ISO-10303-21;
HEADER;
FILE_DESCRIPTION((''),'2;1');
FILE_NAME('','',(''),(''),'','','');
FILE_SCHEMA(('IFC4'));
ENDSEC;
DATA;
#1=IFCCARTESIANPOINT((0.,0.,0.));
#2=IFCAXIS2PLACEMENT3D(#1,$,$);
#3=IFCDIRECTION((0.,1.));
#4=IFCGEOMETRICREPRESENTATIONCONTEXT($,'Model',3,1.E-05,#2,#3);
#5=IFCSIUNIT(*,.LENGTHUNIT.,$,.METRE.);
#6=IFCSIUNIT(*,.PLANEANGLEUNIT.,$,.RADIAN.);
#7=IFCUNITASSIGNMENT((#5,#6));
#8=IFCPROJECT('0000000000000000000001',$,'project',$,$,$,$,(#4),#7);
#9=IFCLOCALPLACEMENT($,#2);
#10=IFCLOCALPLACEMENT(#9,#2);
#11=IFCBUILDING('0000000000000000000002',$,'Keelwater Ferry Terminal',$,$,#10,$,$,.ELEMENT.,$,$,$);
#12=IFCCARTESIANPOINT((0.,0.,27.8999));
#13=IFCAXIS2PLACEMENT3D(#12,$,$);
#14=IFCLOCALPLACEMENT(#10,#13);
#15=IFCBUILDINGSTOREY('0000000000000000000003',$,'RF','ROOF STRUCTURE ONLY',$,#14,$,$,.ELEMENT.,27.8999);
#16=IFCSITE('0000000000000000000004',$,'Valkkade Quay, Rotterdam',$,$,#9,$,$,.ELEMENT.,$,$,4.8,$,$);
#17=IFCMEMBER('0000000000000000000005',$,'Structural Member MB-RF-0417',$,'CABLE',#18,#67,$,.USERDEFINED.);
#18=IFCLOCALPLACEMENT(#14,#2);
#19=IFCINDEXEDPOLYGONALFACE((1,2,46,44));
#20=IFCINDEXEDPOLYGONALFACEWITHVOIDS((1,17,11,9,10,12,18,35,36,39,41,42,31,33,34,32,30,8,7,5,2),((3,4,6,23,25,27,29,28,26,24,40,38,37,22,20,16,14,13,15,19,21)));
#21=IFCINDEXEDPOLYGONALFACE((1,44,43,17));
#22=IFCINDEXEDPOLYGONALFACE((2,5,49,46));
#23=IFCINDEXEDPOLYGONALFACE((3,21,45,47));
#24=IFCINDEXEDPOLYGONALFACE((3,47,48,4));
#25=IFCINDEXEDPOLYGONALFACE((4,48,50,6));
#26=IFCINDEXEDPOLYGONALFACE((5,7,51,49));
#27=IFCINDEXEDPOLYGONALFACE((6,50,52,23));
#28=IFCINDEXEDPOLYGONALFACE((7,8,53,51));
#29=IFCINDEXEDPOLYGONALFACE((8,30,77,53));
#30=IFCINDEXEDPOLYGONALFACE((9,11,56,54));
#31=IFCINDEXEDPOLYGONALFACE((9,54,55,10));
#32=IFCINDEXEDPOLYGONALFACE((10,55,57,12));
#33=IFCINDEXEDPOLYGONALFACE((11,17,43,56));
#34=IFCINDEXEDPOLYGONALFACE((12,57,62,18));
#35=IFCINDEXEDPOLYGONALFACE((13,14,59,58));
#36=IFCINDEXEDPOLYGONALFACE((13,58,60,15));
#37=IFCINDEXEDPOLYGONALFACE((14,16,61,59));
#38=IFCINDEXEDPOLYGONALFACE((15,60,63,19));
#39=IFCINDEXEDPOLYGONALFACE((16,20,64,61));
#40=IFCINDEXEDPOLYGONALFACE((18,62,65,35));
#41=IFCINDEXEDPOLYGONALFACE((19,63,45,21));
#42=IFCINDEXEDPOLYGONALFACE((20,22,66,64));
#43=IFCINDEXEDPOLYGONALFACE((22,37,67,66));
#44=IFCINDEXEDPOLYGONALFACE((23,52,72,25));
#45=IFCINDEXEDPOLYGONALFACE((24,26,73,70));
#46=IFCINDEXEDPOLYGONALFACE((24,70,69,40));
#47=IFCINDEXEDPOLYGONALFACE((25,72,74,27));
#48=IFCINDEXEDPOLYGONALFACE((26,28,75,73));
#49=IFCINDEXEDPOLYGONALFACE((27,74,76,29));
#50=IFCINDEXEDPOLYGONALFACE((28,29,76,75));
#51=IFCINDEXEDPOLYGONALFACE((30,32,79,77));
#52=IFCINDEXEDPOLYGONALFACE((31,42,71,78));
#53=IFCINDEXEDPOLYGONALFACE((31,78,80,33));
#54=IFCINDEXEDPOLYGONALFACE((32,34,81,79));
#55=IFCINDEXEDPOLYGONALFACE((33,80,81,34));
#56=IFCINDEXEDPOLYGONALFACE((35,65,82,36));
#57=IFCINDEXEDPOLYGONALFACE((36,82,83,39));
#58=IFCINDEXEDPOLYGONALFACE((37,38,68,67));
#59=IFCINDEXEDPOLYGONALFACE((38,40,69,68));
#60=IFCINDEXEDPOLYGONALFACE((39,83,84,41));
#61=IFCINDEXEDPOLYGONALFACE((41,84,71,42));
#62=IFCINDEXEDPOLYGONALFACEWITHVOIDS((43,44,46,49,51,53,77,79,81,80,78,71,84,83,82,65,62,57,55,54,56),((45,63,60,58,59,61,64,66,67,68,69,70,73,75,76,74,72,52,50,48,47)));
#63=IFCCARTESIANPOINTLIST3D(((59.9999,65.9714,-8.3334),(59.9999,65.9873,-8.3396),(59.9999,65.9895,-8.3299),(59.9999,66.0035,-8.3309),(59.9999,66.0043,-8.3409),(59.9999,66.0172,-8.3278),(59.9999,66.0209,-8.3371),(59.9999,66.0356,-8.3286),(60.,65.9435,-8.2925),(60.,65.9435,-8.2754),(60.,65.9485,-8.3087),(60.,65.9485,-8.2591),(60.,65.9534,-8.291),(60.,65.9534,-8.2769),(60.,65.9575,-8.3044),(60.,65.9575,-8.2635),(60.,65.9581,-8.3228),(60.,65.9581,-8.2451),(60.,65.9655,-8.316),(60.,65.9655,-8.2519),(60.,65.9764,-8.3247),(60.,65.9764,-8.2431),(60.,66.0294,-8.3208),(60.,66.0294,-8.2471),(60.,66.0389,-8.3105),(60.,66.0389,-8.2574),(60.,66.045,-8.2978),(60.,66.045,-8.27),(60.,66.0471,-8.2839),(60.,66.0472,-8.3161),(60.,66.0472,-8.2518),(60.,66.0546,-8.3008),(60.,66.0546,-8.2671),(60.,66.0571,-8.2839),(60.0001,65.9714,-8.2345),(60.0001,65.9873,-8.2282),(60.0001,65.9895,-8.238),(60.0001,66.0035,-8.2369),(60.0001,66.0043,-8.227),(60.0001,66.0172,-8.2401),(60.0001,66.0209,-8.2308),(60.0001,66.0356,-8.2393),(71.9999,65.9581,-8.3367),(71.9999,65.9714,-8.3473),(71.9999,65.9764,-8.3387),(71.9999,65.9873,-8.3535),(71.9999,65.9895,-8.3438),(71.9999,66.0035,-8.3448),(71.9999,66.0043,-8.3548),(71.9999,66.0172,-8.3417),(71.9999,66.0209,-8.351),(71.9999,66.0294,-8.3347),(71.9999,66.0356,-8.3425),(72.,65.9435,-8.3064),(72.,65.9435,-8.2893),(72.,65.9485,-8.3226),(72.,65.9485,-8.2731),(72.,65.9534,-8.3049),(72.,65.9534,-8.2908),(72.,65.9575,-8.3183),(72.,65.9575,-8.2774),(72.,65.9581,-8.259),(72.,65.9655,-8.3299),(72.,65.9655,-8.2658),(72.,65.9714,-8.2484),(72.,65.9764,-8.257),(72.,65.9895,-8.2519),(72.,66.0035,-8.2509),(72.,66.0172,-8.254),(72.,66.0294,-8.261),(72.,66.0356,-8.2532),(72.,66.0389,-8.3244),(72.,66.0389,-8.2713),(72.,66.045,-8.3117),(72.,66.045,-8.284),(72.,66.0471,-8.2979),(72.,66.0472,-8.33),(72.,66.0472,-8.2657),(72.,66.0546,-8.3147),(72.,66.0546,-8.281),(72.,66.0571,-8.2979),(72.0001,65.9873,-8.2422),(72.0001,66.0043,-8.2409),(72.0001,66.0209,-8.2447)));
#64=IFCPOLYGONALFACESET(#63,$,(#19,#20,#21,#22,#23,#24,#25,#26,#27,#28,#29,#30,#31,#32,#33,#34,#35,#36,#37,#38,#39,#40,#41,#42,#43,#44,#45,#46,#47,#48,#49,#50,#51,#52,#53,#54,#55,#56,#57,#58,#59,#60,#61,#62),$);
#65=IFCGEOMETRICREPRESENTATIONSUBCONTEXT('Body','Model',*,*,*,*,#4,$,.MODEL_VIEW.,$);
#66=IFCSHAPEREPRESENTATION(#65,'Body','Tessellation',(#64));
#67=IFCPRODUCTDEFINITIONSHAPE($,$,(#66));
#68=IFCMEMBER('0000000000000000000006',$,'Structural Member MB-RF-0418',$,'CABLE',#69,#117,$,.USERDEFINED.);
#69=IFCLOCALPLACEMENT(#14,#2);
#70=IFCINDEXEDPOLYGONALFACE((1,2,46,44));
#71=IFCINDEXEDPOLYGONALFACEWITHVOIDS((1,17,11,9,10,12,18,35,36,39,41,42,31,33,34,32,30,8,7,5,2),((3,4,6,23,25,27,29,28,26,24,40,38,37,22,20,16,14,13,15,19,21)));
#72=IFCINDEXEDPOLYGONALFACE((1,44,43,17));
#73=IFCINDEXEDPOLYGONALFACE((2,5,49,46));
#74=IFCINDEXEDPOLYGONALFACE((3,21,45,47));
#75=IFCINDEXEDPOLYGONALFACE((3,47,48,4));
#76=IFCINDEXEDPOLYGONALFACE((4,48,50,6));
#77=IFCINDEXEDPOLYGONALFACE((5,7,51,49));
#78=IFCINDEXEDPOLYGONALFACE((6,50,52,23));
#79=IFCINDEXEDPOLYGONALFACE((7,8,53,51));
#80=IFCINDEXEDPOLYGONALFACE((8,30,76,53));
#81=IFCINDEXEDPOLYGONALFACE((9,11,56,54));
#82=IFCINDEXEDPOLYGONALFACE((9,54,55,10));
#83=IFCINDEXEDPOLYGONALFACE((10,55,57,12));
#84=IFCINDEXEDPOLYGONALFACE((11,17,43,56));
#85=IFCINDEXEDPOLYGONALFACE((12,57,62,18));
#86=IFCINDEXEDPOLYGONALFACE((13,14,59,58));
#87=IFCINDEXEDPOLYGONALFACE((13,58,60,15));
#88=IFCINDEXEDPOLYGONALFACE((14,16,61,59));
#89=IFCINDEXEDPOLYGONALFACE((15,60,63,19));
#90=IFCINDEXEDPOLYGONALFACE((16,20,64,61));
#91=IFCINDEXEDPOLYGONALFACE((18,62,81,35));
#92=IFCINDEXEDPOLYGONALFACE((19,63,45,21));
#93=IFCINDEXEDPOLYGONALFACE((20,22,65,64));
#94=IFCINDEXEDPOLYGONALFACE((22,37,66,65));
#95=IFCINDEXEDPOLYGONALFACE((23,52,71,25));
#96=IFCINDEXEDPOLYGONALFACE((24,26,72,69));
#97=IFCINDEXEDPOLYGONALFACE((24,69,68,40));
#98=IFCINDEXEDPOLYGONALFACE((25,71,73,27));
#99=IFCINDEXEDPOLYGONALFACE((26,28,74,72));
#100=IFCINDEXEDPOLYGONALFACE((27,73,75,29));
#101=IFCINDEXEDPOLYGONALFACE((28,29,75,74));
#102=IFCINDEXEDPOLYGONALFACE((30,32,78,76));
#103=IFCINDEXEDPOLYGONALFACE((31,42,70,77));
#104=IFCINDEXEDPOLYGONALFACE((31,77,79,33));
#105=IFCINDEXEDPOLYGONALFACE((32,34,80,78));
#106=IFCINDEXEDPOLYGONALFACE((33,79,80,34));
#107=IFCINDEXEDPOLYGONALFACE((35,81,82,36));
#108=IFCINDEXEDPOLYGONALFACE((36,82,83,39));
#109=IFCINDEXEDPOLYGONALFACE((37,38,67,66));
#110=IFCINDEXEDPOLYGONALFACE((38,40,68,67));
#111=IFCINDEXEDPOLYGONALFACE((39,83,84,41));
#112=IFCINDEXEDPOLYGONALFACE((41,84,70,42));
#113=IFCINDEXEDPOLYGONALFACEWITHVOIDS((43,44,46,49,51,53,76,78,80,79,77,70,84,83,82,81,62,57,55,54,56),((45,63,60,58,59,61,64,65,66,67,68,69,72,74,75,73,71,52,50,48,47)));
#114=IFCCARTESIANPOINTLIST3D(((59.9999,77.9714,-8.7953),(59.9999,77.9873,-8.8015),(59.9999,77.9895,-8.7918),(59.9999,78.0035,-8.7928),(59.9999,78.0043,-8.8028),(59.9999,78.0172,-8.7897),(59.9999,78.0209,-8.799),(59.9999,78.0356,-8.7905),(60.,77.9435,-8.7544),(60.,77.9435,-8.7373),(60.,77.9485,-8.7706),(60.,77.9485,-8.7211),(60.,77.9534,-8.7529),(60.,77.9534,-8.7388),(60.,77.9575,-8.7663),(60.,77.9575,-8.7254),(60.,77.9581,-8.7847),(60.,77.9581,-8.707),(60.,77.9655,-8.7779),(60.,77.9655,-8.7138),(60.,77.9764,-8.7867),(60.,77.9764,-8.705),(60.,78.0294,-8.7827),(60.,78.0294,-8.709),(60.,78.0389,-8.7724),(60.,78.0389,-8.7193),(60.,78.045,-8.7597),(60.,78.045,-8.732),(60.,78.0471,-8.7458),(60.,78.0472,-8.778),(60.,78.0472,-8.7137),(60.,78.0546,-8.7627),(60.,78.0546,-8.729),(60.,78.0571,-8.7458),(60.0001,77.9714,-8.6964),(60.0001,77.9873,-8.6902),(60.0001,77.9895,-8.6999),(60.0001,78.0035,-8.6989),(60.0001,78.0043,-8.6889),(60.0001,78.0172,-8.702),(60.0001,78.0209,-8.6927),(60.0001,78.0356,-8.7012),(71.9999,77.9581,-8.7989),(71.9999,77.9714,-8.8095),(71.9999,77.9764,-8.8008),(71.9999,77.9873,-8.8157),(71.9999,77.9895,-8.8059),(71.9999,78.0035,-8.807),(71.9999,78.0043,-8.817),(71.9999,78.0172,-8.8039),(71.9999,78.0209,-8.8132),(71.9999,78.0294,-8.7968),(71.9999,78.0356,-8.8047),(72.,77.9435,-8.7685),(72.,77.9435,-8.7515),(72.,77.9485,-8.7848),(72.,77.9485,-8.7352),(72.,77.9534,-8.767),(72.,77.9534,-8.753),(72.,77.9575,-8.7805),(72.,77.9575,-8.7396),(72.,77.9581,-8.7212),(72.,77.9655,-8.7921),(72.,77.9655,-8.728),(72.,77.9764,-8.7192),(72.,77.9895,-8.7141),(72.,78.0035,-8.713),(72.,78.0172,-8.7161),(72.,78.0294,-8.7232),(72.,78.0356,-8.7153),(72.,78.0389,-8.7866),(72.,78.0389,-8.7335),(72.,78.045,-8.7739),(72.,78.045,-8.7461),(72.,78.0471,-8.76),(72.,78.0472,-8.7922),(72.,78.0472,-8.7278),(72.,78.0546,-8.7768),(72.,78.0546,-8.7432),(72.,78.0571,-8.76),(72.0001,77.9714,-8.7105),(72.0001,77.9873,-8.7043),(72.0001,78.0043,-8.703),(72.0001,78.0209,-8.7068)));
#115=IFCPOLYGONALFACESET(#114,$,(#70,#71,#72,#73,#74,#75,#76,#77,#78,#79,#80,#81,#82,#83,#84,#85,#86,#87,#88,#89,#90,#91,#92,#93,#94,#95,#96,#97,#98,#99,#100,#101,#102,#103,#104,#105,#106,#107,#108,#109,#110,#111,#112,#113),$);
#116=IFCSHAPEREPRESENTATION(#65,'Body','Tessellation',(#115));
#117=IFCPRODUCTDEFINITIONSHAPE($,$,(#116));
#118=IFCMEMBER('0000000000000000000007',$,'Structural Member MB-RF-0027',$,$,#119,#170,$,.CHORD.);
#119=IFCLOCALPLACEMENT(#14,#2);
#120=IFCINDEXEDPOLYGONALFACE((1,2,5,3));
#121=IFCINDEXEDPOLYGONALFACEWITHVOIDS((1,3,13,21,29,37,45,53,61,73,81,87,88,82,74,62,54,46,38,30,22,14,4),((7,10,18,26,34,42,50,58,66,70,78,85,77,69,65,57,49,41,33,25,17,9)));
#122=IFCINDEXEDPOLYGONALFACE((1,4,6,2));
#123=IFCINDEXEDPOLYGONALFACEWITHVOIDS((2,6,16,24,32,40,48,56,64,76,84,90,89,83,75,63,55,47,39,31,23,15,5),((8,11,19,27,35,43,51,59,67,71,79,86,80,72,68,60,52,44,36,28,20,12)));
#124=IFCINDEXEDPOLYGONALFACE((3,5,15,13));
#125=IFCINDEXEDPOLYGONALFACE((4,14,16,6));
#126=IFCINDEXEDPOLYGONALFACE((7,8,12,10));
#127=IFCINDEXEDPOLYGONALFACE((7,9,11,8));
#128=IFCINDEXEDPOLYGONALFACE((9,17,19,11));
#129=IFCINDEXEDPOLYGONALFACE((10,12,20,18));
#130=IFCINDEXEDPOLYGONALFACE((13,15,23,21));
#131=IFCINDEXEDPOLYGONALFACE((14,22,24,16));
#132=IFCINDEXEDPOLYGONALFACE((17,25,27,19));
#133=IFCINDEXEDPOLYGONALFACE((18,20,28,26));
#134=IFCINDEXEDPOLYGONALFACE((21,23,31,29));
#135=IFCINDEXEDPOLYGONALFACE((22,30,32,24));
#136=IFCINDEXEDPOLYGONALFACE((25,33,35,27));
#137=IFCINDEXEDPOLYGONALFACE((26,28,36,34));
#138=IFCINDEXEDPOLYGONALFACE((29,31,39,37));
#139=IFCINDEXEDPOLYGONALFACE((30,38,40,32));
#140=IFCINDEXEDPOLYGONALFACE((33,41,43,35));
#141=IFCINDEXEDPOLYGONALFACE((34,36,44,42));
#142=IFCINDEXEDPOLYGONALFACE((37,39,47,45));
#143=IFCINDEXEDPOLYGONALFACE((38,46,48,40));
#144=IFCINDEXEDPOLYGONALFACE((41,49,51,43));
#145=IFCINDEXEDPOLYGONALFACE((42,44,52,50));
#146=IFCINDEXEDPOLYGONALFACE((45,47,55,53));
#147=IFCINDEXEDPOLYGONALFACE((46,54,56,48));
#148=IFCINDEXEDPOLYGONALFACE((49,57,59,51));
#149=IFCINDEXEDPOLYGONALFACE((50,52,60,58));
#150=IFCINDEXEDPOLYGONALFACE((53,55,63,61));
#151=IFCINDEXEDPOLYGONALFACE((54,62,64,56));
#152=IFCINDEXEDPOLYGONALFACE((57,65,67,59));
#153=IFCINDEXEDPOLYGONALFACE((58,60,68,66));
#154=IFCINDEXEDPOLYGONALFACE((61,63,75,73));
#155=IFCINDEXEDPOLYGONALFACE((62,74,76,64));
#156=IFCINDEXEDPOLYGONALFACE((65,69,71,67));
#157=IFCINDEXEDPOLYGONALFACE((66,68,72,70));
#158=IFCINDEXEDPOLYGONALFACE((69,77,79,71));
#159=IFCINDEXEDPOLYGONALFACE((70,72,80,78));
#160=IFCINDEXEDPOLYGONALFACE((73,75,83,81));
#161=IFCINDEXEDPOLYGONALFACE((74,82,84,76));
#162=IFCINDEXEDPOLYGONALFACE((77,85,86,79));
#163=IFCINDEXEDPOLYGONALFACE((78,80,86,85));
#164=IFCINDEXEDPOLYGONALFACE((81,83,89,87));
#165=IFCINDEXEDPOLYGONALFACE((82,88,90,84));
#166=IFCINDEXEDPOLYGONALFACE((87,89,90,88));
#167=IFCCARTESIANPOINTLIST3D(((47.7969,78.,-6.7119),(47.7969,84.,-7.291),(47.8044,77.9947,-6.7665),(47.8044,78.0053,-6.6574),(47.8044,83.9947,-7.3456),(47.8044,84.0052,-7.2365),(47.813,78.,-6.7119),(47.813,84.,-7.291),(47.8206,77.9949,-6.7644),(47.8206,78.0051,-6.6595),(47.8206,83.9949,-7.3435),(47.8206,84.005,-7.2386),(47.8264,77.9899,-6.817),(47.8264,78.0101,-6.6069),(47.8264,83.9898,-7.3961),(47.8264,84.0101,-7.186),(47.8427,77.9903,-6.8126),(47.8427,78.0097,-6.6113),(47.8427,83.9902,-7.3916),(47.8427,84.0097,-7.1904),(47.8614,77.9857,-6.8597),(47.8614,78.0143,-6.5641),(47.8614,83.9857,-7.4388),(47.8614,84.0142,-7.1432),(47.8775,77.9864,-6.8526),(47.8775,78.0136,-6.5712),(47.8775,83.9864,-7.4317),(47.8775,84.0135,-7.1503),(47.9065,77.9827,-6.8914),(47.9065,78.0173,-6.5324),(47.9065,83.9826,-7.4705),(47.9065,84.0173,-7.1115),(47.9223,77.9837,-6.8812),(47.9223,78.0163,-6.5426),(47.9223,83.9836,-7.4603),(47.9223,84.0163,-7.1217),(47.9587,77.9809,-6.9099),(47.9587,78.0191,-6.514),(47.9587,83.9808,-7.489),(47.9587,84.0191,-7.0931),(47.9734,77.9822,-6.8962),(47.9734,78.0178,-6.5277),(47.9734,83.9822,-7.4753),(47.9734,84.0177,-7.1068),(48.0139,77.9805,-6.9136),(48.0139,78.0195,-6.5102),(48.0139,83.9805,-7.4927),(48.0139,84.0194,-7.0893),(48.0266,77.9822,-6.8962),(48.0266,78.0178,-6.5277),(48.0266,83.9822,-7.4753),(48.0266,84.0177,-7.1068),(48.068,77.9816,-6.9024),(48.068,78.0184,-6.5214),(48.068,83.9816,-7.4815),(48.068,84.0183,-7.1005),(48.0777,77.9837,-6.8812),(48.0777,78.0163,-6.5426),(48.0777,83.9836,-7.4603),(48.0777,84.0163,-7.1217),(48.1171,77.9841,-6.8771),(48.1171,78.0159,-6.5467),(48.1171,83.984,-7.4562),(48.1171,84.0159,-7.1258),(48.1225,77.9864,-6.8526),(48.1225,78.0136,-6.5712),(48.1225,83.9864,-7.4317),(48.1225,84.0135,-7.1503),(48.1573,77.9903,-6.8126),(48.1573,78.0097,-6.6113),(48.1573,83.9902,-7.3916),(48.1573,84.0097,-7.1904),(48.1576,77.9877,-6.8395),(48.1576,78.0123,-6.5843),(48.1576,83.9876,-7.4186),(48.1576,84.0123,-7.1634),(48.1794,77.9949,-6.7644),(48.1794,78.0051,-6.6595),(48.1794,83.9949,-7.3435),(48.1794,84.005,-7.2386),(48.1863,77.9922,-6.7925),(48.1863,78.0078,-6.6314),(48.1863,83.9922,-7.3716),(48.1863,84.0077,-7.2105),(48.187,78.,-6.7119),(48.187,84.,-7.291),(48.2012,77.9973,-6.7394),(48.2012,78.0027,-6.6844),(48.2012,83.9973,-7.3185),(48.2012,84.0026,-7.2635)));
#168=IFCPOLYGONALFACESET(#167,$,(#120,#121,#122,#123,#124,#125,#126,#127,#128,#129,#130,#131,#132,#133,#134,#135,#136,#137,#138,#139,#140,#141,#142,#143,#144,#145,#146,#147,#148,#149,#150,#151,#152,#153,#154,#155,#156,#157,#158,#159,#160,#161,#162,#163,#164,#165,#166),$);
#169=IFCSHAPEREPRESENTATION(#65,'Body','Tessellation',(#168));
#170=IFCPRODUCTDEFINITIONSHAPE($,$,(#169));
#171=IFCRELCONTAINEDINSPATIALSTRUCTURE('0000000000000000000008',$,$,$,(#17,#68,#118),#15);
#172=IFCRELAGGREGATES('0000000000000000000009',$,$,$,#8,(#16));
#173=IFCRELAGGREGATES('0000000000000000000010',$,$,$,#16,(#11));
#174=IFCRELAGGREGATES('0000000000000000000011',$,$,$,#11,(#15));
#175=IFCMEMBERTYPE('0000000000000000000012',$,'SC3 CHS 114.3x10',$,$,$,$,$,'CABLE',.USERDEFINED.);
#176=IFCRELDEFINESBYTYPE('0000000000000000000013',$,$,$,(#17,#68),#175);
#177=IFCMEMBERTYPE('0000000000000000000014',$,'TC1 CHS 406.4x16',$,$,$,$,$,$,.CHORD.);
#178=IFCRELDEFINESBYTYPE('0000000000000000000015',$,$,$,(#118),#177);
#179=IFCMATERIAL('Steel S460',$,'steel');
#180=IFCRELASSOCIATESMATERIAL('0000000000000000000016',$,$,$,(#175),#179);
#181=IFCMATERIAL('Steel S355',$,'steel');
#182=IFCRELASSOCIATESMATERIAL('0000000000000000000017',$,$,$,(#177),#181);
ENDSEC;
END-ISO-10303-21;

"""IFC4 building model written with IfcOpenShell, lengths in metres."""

from ifc_helpers import new_model, si_unit, direction, frame, origin, origin_2d, place, context, subcontext, project, spatial, hollow_circle, extrude, material, material_profile, profile_set, type_object, element, save


model = new_model("IFC4")

# Units and contexts
model_context = context("Model", 3, precision=1e-05, world=origin(), true_north=direction((0.0, 1.0)))
body_context = subcontext(model_context, "Body", "Model", "MODEL_VIEW")
ifc_project = project(units=[si_unit("LENGTHUNIT", "METRE"), si_unit("PLANEANGLEUNIT", "RADIAN")], contexts=[model_context])

# Site, building, storey
site_placement = place(None, origin())
site = spatial("IfcSite", under=ifc_project, at=site_placement, Name="Valkkade Quay, Rotterdam", CompositionType="ELEMENT", RefElevation=4.8)
building_placement = place(site_placement, origin())
building = spatial("IfcBuilding", under=site, at=building_placement, Name="Keelwater Ferry Terminal", CompositionType="ELEMENT")
storey_placement = place(building_placement, frame((0.0, 0.0, 27.8999)))
storey = spatial("IfcBuildingStorey", under=building, at=storey_placement, Name="RF", Description="ROOF STRUCTURE ONLY", CompositionType="ELEMENT", Elevation=27.8999)

# Members
ifc_material_1 = material(Name="Steel S460", Category="steel")
ifc_material_profile_1 = material_profile(ifc_material_1, hollow_circle(Radius=0.0571, WallThickness=0.01, at=origin_2d()), Name="CHS 114.3x10")
ifc_profile_set_1 = profile_set([ifc_material_profile_1], Name="Steel S460")
member_type_1 = type_object("IfcMemberType", Name="SC3 CHS 114.3x10", ElementType="CABLE", PredefinedType="USERDEFINED", material=ifc_profile_set_1)
for number, where, z_axis, x_axis, name in (
    (1, (60.0, 66.0, -8.2839), (0.999999, 0.0, -0.00116), (0.0, 1.0, 0.0), "Structural Member MB-RF-0417"),
    (2, (60.0, 78.0, -8.7458), (0.999999, 0.0, -0.00118), (0.0, 1.0, 0.0), "Structural Member MB-RF-0418"),
):
    element("IfcMember", number, at=place(storey_placement, frame(where, z_axis=z_axis, x_axis=x_axis)), inside=storey, type_object=member_type_1, Name=name, ObjectType="CABLE", PredefinedType="USERDEFINED", context=body_context, shape_type="SweptSolid", body=[
        extrude(hollow_circle(Radius=0.0571, WallThickness=0.01, at=origin_2d()), origin(), (0.0, 0.0, 1.0), 12.0),
    ])
ifc_material_2 = material(Name="Steel S355", Category="steel")
ifc_material_profile_2 = material_profile(ifc_material_2, hollow_circle(Radius=0.2031, WallThickness=0.0161, at=origin_2d()), Name="CHS 406.4x16")
ifc_profile_set_2 = profile_set([ifc_material_profile_2], Name="Steel S355")
member_type_2 = type_object("IfcMemberType", Name="TC1 CHS 406.4x16", PredefinedType="CHORD", material=ifc_profile_set_2)
member_1_placement = place(storey_placement, frame((48.0, 78.0, -6.7119), z_axis=(0.0, 0.995375, -0.09607), x_axis=(-1.0, 0.0, 0.0)))
element("IfcMember", 3, at=member_1_placement, inside=storey, type_object=member_type_2, Name="Structural Member MB-RF-0027", PredefinedType="CHORD", context=body_context, shape_type="SweptSolid", body=[
    extrude(hollow_circle(Radius=0.2031, WallThickness=0.0161, at=origin_2d()), origin(), (0.0, 0.0, 1.0), 6.0278),
])

save(model, "model.ifc")
